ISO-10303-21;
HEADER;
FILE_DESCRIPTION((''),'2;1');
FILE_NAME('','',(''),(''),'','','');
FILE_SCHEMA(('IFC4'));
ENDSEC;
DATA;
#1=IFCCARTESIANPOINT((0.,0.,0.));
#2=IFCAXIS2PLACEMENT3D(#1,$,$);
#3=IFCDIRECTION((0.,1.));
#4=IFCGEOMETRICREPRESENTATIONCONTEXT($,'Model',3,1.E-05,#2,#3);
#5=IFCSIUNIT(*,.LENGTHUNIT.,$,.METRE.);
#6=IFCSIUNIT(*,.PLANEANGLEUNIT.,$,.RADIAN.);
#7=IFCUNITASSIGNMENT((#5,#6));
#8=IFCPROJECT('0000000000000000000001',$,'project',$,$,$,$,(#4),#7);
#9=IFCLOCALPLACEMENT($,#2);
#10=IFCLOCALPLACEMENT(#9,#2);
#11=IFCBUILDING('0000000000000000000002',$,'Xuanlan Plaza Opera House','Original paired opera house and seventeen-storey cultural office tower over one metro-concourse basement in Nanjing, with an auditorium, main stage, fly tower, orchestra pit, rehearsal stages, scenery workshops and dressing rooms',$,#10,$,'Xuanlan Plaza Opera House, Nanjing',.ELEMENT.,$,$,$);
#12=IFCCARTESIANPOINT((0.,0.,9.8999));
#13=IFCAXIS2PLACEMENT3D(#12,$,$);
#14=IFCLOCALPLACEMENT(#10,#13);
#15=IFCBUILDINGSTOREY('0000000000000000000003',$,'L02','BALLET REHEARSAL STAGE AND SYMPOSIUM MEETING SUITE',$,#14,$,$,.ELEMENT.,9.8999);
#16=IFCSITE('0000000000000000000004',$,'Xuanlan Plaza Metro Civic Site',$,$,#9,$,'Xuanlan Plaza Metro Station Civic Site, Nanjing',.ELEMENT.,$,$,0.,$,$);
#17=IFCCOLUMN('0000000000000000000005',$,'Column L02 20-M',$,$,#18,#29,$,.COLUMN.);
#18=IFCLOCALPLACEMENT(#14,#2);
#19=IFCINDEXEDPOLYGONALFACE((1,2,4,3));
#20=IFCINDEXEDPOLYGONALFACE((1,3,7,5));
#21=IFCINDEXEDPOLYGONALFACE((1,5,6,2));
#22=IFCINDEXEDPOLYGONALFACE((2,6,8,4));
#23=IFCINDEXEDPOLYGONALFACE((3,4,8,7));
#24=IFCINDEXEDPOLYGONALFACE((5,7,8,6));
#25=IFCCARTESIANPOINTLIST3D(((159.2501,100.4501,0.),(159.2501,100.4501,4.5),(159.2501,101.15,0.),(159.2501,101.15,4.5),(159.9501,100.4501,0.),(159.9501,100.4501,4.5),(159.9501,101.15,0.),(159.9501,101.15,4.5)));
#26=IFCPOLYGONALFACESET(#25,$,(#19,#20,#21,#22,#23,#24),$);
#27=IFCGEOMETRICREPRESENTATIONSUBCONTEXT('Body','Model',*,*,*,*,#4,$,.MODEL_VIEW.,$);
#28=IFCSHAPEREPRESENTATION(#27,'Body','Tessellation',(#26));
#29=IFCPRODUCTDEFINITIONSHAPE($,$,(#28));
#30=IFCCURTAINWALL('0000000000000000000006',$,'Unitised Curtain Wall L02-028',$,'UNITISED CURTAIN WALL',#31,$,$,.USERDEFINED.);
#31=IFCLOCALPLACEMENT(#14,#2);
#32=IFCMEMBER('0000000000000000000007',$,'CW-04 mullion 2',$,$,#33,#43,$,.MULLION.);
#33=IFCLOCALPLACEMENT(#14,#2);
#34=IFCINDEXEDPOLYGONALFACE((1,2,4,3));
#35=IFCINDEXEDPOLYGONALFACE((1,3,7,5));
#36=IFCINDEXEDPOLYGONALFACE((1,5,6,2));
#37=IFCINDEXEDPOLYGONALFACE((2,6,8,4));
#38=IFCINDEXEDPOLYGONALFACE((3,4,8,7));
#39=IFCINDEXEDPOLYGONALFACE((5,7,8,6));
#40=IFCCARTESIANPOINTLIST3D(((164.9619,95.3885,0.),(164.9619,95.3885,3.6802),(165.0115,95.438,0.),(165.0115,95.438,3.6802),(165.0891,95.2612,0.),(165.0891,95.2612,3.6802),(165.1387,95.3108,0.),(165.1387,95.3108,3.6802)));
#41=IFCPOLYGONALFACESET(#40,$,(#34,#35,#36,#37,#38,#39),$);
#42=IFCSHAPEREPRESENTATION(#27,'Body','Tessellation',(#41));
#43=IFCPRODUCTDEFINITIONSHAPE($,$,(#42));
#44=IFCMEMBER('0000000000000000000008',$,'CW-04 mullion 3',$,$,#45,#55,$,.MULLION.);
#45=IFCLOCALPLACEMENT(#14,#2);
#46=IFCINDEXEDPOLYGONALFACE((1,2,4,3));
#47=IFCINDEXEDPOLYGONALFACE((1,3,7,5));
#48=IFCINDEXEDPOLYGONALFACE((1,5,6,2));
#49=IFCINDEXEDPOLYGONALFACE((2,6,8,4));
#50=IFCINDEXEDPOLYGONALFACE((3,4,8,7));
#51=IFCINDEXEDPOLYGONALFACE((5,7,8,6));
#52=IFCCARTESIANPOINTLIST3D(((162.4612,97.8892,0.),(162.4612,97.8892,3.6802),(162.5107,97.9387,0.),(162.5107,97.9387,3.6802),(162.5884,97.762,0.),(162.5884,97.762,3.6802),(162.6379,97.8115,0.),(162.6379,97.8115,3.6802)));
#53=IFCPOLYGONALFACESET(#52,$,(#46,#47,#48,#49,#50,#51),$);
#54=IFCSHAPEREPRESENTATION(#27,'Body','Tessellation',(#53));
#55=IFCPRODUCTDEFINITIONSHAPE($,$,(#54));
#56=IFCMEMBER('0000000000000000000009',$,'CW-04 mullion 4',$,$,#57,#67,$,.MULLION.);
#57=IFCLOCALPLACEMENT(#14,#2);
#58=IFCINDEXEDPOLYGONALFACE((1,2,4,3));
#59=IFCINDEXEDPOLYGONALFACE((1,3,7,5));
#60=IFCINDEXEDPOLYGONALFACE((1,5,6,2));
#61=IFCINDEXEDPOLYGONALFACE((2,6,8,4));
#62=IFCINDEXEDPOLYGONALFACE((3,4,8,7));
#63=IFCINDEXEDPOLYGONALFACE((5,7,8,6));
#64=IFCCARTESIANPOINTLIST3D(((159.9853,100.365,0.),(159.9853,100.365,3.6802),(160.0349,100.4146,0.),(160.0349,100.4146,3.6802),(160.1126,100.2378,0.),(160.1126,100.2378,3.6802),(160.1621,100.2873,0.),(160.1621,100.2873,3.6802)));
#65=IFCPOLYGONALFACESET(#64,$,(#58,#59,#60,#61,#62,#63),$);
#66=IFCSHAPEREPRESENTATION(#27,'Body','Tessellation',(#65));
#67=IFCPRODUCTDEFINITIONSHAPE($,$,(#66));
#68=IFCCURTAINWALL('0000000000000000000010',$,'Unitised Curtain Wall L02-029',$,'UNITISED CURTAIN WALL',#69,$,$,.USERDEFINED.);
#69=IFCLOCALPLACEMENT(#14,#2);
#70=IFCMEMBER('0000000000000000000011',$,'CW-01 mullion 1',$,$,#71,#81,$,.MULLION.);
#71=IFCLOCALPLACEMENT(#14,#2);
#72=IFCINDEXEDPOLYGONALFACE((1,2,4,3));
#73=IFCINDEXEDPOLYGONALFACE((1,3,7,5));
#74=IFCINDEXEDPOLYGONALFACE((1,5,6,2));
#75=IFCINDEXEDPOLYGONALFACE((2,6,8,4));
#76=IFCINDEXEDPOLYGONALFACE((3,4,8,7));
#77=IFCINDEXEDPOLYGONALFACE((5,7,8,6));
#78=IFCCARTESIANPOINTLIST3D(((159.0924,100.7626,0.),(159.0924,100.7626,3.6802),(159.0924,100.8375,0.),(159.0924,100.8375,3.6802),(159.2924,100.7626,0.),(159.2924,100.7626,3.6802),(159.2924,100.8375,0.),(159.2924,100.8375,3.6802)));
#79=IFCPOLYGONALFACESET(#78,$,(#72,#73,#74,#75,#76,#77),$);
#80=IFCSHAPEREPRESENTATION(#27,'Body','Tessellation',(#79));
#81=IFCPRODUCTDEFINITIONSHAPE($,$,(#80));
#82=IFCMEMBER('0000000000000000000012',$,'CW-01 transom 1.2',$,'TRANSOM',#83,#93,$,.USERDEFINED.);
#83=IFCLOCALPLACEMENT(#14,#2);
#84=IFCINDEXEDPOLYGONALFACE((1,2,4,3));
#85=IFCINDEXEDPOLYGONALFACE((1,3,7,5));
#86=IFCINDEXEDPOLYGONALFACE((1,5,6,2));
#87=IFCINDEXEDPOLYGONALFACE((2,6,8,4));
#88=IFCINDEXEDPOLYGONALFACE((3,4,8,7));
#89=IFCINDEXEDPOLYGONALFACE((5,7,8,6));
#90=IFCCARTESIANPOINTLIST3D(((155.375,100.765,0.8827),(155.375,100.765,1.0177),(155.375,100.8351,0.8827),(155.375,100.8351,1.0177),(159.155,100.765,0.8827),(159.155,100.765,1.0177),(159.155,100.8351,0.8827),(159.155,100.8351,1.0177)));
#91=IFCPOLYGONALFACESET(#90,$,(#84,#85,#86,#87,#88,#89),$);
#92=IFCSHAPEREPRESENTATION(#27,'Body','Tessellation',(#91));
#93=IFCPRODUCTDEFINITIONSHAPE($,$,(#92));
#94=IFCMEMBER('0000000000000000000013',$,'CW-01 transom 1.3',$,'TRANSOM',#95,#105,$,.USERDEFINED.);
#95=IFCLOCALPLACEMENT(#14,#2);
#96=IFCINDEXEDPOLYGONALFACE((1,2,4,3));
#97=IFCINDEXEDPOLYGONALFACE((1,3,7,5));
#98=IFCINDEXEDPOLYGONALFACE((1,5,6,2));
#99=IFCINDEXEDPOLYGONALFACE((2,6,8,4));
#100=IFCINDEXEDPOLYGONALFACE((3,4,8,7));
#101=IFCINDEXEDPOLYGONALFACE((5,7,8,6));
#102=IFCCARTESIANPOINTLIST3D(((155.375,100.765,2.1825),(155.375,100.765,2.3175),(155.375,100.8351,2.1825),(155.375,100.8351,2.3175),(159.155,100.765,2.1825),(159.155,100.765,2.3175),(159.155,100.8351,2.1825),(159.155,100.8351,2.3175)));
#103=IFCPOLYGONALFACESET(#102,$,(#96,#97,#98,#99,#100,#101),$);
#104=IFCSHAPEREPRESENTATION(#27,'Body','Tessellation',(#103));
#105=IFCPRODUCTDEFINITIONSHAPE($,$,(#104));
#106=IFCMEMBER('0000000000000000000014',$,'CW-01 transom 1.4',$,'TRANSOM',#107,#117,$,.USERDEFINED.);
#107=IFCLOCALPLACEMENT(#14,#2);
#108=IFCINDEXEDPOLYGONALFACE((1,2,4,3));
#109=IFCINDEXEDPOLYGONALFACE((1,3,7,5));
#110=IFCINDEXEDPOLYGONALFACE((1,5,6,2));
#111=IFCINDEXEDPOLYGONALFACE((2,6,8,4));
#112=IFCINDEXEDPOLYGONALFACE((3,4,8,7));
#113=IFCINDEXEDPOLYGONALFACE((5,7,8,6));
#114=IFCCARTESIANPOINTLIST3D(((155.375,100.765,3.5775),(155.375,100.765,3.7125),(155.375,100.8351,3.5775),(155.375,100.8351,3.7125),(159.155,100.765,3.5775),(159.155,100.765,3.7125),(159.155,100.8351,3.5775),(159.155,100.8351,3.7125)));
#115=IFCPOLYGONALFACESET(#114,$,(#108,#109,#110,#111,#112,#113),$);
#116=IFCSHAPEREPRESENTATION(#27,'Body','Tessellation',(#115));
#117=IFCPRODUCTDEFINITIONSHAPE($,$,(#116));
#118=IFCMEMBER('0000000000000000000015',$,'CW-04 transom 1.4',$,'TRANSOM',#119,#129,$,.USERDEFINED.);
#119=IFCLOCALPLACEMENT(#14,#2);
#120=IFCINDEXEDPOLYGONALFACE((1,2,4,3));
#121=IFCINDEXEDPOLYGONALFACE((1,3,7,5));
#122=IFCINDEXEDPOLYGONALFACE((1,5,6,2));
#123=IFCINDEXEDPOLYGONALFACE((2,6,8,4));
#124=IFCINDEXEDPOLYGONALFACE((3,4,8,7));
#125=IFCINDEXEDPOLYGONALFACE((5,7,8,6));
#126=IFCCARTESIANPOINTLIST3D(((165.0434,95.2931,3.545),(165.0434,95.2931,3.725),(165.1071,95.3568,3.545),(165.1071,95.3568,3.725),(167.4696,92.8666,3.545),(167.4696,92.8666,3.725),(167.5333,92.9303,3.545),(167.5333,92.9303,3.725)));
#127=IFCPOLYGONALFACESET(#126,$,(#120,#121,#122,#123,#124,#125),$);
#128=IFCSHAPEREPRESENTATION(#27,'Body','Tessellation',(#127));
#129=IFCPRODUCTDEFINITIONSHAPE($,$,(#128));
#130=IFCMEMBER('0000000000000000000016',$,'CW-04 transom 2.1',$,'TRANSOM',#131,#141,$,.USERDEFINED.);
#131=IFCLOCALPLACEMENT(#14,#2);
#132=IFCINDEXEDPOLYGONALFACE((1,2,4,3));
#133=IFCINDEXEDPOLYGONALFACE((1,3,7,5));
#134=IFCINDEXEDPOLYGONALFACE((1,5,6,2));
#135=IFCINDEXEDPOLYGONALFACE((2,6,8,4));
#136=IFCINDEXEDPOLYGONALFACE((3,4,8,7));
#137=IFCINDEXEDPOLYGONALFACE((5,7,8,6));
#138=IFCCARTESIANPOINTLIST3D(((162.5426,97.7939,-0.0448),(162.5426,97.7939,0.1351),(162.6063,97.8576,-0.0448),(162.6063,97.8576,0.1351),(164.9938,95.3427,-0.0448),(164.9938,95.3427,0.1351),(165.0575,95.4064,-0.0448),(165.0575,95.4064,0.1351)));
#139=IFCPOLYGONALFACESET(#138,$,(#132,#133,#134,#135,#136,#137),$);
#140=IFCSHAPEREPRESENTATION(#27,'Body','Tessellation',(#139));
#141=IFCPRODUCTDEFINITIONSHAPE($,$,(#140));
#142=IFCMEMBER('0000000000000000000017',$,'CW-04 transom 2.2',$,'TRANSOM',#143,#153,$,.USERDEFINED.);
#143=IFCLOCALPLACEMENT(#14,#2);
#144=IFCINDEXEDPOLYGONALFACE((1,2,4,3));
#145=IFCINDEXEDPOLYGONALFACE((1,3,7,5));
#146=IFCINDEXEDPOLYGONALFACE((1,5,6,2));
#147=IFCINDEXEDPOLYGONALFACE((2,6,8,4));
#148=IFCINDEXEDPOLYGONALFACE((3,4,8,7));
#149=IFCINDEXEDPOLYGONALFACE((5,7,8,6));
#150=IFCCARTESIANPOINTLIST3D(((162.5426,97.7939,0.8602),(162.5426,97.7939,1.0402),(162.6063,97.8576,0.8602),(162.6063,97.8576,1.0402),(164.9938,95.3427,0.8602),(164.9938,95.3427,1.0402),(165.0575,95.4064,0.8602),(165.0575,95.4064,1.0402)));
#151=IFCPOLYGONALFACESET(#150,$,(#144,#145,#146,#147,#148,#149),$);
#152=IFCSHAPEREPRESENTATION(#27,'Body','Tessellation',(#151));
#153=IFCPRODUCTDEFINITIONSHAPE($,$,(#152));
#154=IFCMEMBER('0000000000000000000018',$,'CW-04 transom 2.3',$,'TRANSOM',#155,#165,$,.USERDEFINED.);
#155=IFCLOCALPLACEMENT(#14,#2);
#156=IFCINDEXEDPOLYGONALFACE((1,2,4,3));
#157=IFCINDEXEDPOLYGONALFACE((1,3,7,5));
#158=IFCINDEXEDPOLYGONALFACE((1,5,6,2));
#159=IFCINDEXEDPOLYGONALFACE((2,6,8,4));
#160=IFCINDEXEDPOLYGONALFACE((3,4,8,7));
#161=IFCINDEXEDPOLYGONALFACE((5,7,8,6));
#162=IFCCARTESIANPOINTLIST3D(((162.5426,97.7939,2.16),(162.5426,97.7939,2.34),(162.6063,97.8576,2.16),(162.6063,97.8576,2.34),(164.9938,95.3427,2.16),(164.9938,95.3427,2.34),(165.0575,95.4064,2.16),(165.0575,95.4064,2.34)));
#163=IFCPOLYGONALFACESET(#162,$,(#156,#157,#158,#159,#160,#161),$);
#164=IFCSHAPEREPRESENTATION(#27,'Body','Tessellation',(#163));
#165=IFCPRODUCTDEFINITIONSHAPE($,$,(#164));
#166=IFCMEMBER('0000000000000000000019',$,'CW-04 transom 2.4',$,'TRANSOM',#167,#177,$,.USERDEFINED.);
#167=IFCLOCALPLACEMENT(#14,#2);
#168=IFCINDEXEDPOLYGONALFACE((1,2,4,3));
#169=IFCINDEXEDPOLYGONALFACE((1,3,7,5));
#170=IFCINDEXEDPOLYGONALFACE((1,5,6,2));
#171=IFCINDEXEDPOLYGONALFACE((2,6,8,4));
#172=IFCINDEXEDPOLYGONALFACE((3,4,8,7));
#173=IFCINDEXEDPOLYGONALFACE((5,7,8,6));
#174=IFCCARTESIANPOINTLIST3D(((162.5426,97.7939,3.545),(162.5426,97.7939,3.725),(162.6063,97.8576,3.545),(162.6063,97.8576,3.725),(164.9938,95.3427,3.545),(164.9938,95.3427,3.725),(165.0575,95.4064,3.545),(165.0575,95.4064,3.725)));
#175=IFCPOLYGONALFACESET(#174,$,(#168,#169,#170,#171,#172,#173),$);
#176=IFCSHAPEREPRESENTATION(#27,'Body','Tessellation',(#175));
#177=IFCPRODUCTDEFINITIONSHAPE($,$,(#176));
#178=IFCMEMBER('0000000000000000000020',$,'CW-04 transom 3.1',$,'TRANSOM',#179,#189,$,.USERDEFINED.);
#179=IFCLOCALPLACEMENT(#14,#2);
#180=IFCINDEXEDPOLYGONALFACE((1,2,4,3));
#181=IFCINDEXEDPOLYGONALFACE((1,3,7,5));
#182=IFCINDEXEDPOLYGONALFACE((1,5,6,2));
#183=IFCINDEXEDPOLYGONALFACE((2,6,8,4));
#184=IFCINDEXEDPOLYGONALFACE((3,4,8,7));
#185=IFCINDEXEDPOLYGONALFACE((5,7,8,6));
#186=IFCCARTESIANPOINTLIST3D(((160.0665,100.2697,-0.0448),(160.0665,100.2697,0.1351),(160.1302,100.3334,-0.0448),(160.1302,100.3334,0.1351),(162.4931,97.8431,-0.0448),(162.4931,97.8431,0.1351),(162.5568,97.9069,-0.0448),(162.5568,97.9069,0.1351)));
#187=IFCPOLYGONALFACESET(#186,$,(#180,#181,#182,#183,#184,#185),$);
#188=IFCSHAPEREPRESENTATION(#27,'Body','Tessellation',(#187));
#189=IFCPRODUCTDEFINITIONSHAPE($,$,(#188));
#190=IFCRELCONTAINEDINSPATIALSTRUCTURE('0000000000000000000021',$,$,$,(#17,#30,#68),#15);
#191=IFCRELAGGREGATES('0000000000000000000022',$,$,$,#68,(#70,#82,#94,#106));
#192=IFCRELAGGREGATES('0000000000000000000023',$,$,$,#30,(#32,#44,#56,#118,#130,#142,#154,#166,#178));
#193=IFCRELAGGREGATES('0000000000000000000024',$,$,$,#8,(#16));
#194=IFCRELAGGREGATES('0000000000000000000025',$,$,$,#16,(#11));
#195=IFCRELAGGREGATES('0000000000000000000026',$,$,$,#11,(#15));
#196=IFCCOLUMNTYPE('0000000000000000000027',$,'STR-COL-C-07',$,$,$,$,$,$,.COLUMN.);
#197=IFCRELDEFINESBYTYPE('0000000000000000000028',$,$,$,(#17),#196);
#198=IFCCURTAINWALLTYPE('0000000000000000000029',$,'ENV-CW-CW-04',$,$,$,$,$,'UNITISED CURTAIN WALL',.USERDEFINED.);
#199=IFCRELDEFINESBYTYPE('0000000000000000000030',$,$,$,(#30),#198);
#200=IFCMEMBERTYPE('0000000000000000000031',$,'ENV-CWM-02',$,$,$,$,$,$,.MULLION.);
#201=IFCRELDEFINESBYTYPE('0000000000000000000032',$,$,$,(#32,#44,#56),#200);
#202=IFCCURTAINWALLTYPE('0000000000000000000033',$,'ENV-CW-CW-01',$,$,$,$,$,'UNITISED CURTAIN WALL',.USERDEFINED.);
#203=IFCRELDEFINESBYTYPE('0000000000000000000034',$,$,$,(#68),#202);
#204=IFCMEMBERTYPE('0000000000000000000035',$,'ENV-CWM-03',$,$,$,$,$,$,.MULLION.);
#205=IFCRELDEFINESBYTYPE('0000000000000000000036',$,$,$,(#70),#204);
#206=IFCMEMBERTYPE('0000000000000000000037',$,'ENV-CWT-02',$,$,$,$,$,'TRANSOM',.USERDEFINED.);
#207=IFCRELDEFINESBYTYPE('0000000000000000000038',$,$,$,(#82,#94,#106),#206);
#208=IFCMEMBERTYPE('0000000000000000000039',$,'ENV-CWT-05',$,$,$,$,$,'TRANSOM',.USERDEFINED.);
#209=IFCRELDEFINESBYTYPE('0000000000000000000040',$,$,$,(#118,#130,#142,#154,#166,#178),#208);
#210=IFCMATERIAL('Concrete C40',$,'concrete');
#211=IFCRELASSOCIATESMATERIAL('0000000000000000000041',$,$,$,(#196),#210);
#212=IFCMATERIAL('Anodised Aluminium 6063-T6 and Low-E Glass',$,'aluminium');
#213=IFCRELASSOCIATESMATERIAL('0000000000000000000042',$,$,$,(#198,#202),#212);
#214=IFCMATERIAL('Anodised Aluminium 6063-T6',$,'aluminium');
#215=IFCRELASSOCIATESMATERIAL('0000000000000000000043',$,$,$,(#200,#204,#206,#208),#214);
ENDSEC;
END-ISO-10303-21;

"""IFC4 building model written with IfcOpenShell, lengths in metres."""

from ifc_helpers import new_model, si_unit, direction, frame, origin, origin_2d, place, context, subcontext, project, spatial, rectangle, extrude, material, material_profile, profile_set, type_object, element, aggregate, save


model = new_model("IFC4")

# Units and contexts
model_context = context("Model", 3, precision=1e-05, world=origin(), true_north=direction((0.0, 1.0)))
body_context = subcontext(model_context, "Body", "Model", "MODEL_VIEW")
ifc_project = project(units=[si_unit("LENGTHUNIT", "METRE"), si_unit("PLANEANGLEUNIT", "RADIAN")], contexts=[model_context])

# Site, building, storey
site_placement = place(None, origin())
site = spatial("IfcSite", under=ifc_project, at=site_placement, Name="Xuanlan Plaza Metro Civic Site", LongName="Xuanlan Plaza Metro Station Civic Site, Nanjing", CompositionType="ELEMENT", RefElevation=0.0)
building_placement = place(site_placement, origin())
building = spatial("IfcBuilding", under=site, at=building_placement, Name="Xuanlan Plaza Opera House", Description="Original paired opera house and seventeen-storey cultural office tower over one metro-concourse basement in Nanjing, with an auditorium, main stage, fly tower, orchestra pit, rehearsal stages, scenery workshops and dressing rooms", LongName="Xuanlan Plaza Opera House, Nanjing", CompositionType="ELEMENT")
storey_placement = place(building_placement, frame((0.0, 0.0, 9.8999)))
storey = spatial("IfcBuildingStorey", under=building, at=storey_placement, Name="L02", Description="BALLET REHEARSAL STAGE AND SYMPOSIUM MEETING SUITE", CompositionType="ELEMENT", Elevation=9.8999)

# Column
ifc_material_1 = material(Name="Concrete C40", Category="concrete")
ifc_material_profile_1 = material_profile(ifc_material_1, rectangle(XDim=0.7, YDim=0.7, at=origin_2d()), Name="RC-COL 700x700")
ifc_profile_set_1 = profile_set([ifc_material_profile_1], Name="Concrete C40")
column_type = type_object("IfcColumnType", Name="STR-COL-C-07", PredefinedType="COLUMN", material=ifc_profile_set_1)
column_placement = place(storey_placement, frame((159.6001, 100.8, 0.0), z_axis=(0.0, 0.0, 1.0), x_axis=(1.0, 0.0, 0.0)))
element("IfcColumn", 1, at=column_placement, inside=storey, type_object=column_type, Name="Column L02 20-M", PredefinedType="COLUMN", context=body_context, shape_type="SweptSolid", body=[
    extrude(rectangle(XDim=0.7, YDim=0.7, at=origin_2d()), origin(), (0.0, 0.0, 1.0), 4.5),
])

# Curtain walls, members
ifc_material_2 = material(Name="Anodised Aluminium 6063-T6 and Low-E Glass", Category="aluminium")
curtain_wall_type_1 = type_object("IfcCurtainWallType", Name="ENV-CW-CW-04", ElementType="UNITISED CURTAIN WALL", PredefinedType="USERDEFINED", material=ifc_material_2)
curtain_wall_1_placement = place(storey_placement, origin())
curtain_wall_1 = element("IfcCurtainWall", 2, at=curtain_wall_1_placement, inside=storey, type_object=curtain_wall_type_1, Name="Unitised Curtain Wall L02-028", ObjectType="UNITISED CURTAIN WALL", PredefinedType="USERDEFINED")
ifc_material_3 = material(Name="Anodised Aluminium 6063-T6", Category="aluminium")
ifc_material_profile_2 = material_profile(ifc_material_3, rectangle(XDim=0.0701, YDim=0.1799, at=origin_2d()), Name="ALU-M 70x180")
ifc_profile_set_2 = profile_set([ifc_material_profile_2], Name="Anodised Aluminium 6063-T6")
member_type_1 = type_object("IfcMemberType", Name="ENV-CWM-02", PredefinedType="MULLION", material=ifc_profile_set_2)
member_1_placement = place(storey_placement, frame((165.0503, 95.3496, 0.0), z_axis=(0.0, 0.0, 1.0), x_axis=(-0.707107, -0.707107, 0.0)))
member_1 = element("IfcMember", 3, at=member_1_placement, type_object=member_type_1, Name="CW-04 mullion 2", PredefinedType="MULLION", context=body_context, shape_type="SweptSolid", body=[
    extrude(rectangle(XDim=0.0701, YDim=0.1799, at=origin_2d()), origin(), (0.0, 0.0, 1.0), 3.6802),
])
member_2_placement = place(storey_placement, frame((162.5496, 97.8503, 0.0), z_axis=(0.0, 0.0, 1.0), x_axis=(-0.707107, -0.707107, 0.0)))
member_2 = element("IfcMember", 4, at=member_2_placement, type_object=member_type_1, Name="CW-04 mullion 3", PredefinedType="MULLION", context=body_context, shape_type="SweptSolid", body=[
    extrude(rectangle(XDim=0.0701, YDim=0.1799, at=origin_2d()), origin(), (0.0, 0.0, 1.0), 3.6802),
])
member_3_placement = place(storey_placement, frame((160.0737, 100.3262, 0.0), z_axis=(0.0, 0.0, 1.0), x_axis=(-0.707107, -0.707107, 0.0)))
member_3 = element("IfcMember", 5, at=member_3_placement, type_object=member_type_1, Name="CW-04 mullion 4", PredefinedType="MULLION", context=body_context, shape_type="SweptSolid", body=[
    extrude(rectangle(XDim=0.0701, YDim=0.1799, at=origin_2d()), origin(), (0.0, 0.0, 1.0), 3.6802),
])
curtain_wall_type_2 = type_object("IfcCurtainWallType", Name="ENV-CW-CW-01", ElementType="UNITISED CURTAIN WALL", PredefinedType="USERDEFINED", material=ifc_material_2)
curtain_wall_2_placement = place(storey_placement, origin())
curtain_wall_2 = element("IfcCurtainWall", 6, at=curtain_wall_2_placement, inside=storey, type_object=curtain_wall_type_2, Name="Unitised Curtain Wall L02-029", ObjectType="UNITISED CURTAIN WALL", PredefinedType="USERDEFINED")
ifc_material_profile_3 = material_profile(ifc_material_3, rectangle(XDim=0.075, YDim=0.2, at=origin_2d()), Name="ALU-M 75x200")
ifc_profile_set_3 = profile_set([ifc_material_profile_3], Name="Anodised Aluminium 6063-T6")
member_type_2 = type_object("IfcMemberType", Name="ENV-CWM-03", PredefinedType="MULLION", material=ifc_profile_set_3)
member_4_placement = place(storey_placement, frame((159.1924, 100.8, 0.0), z_axis=(0.0, 0.0, 1.0), x_axis=(0.0, -1.0, 0.0)))
member_4 = element("IfcMember", 7, at=member_4_placement, type_object=member_type_2, Name="CW-01 mullion 1", PredefinedType="MULLION", context=body_context, shape_type="SweptSolid", body=[
    extrude(rectangle(XDim=0.075, YDim=0.2, at=origin_2d()), origin(), (0.0, 0.0, 1.0), 3.6802),
])
ifc_material_profile_4 = material_profile(ifc_material_3, rectangle(XDim=0.0701, YDim=0.135, at=origin_2d()), Name="ALU-T 70x135")
ifc_profile_set_4 = profile_set([ifc_material_profile_4], Name="Anodised Aluminium 6063-T6")
member_type_3 = type_object("IfcMemberType", Name="ENV-CWT-02", ElementType="TRANSOM", PredefinedType="USERDEFINED", material=ifc_profile_set_4)
member_5_placement = place(storey_placement, frame((159.155, 100.8, 0.9502), z_axis=(-1.0, 0.0, 0.0), x_axis=(0.0, -1.0, 0.0)))
member_5 = element("IfcMember", 8, at=member_5_placement, type_object=member_type_3, Name="CW-01 transom 1.2", ObjectType="TRANSOM", PredefinedType="USERDEFINED", context=body_context, shape_type="SweptSolid", body=[
    extrude(rectangle(XDim=0.0701, YDim=0.135, at=origin_2d()), origin(), (0.0, 0.0, 1.0), 3.78),
])
member_6_placement = place(storey_placement, frame((159.155, 100.8, 2.25), z_axis=(-1.0, 0.0, 0.0), x_axis=(0.0, -1.0, 0.0)))
member_6 = element("IfcMember", 9, at=member_6_placement, type_object=member_type_3, Name="CW-01 transom 1.3", ObjectType="TRANSOM", PredefinedType="USERDEFINED", context=body_context, shape_type="SweptSolid", body=[
    extrude(rectangle(XDim=0.0701, YDim=0.135, at=origin_2d()), origin(), (0.0, 0.0, 1.0), 3.78),
])
member_7_placement = place(storey_placement, frame((159.155, 100.8, 3.645), z_axis=(-1.0, 0.0, 0.0), x_axis=(0.0, -1.0, 0.0)))
member_7 = element("IfcMember", 10, at=member_7_placement, type_object=member_type_3, Name="CW-01 transom 1.4", ObjectType="TRANSOM", PredefinedType="USERDEFINED", context=body_context, shape_type="SweptSolid", body=[
    extrude(rectangle(XDim=0.0701, YDim=0.135, at=origin_2d()), origin(), (0.0, 0.0, 1.0), 3.78),
])
aggregate(curtain_wall_2, [member_4, member_5, member_6, member_7])

# Members
ifc_material_profile_5 = material_profile(ifc_material_3, rectangle(XDim=0.0901, YDim=0.1799, at=origin_2d()), Name="ALU-T 90x180")
ifc_profile_set_5 = profile_set([ifc_material_profile_5], Name="Anodised Aluminium 6063-T6")
member_type_4 = type_object("IfcMemberType", Name="ENV-CWT-05", ElementType="TRANSOM", PredefinedType="USERDEFINED", material=ifc_profile_set_5)
member_8_placement = place(storey_placement, frame((167.5015, 92.8984, 3.635), z_axis=(-0.707071, 0.707142, 0.0), x_axis=(-0.707142, -0.707071, 0.0)))
member_8 = element("IfcMember", 11, at=member_8_placement, type_object=member_type_4, Name="CW-04 transom 1.4", ObjectType="TRANSOM", PredefinedType="USERDEFINED", context=body_context, shape_type="SweptSolid", body=[
    extrude(rectangle(XDim=0.0901, YDim=0.1799, at=origin_2d()), origin(), (0.0, 0.0, 1.0), 3.4314),
])
member_9_placement = place(storey_placement, frame((165.0256, 95.3745, 0.0452), z_axis=(-0.707107, 0.707107, 0.0), x_axis=(-0.707107, -0.707107, 0.0)))
member_9 = element("IfcMember", 12, at=member_9_placement, type_object=member_type_4, Name="CW-04 transom 2.1", ObjectType="TRANSOM", PredefinedType="USERDEFINED", context=body_context, shape_type="SweptSolid", body=[
    extrude(rectangle(XDim=0.0901, YDim=0.1799, at=origin_2d()), origin(), (0.0, 0.0, 1.0), 3.4666),
])
member_10_placement = place(storey_placement, frame((165.0256, 95.3745, 0.9502), z_axis=(-0.707107, 0.707107, 0.0), x_axis=(-0.707107, -0.707107, 0.0)))
member_10 = element("IfcMember", 13, at=member_10_placement, type_object=member_type_4, Name="CW-04 transom 2.2", ObjectType="TRANSOM", PredefinedType="USERDEFINED", context=body_context, shape_type="SweptSolid", body=[
    extrude(rectangle(XDim=0.0901, YDim=0.1799, at=origin_2d()), origin(), (0.0, 0.0, 1.0), 3.4666),
])
member_11_placement = place(storey_placement, frame((165.0256, 95.3745, 2.25), z_axis=(-0.707107, 0.707107, 0.0), x_axis=(-0.707107, -0.707107, 0.0)))
member_11 = element("IfcMember", 14, at=member_11_placement, type_object=member_type_4, Name="CW-04 transom 2.3", ObjectType="TRANSOM", PredefinedType="USERDEFINED", context=body_context, shape_type="SweptSolid", body=[
    extrude(rectangle(XDim=0.0901, YDim=0.1799, at=origin_2d()), origin(), (0.0, 0.0, 1.0), 3.4666),
])
member_12_placement = place(storey_placement, frame((165.0256, 95.3745, 3.635), z_axis=(-0.707107, 0.707107, 0.0), x_axis=(-0.707107, -0.707107, 0.0)))
member_12 = element("IfcMember", 15, at=member_12_placement, type_object=member_type_4, Name="CW-04 transom 2.4", ObjectType="TRANSOM", PredefinedType="USERDEFINED", context=body_context, shape_type="SweptSolid", body=[
    extrude(rectangle(XDim=0.0901, YDim=0.1799, at=origin_2d()), origin(), (0.0, 0.0, 1.0), 3.4666),
])
member_13_placement = place(storey_placement, frame((162.5249, 97.875, 0.0452), z_axis=(-0.707107, 0.707107, 0.0), x_axis=(-0.707107, -0.707107, 0.0)))
member_13 = element("IfcMember", 16, at=member_13_placement, type_object=member_type_4, Name="CW-04 transom 3.1", ObjectType="TRANSOM", PredefinedType="USERDEFINED", context=body_context, shape_type="SweptSolid", body=[
    extrude(rectangle(XDim=0.0901, YDim=0.1799, at=origin_2d()), origin(), (0.0, 0.0, 1.0), 3.4316),
])

aggregate(curtain_wall_1, [member_1, member_2, member_3, member_8, member_9, member_10, member_11, member_12, member_13])

save(model, "model.ifc")
